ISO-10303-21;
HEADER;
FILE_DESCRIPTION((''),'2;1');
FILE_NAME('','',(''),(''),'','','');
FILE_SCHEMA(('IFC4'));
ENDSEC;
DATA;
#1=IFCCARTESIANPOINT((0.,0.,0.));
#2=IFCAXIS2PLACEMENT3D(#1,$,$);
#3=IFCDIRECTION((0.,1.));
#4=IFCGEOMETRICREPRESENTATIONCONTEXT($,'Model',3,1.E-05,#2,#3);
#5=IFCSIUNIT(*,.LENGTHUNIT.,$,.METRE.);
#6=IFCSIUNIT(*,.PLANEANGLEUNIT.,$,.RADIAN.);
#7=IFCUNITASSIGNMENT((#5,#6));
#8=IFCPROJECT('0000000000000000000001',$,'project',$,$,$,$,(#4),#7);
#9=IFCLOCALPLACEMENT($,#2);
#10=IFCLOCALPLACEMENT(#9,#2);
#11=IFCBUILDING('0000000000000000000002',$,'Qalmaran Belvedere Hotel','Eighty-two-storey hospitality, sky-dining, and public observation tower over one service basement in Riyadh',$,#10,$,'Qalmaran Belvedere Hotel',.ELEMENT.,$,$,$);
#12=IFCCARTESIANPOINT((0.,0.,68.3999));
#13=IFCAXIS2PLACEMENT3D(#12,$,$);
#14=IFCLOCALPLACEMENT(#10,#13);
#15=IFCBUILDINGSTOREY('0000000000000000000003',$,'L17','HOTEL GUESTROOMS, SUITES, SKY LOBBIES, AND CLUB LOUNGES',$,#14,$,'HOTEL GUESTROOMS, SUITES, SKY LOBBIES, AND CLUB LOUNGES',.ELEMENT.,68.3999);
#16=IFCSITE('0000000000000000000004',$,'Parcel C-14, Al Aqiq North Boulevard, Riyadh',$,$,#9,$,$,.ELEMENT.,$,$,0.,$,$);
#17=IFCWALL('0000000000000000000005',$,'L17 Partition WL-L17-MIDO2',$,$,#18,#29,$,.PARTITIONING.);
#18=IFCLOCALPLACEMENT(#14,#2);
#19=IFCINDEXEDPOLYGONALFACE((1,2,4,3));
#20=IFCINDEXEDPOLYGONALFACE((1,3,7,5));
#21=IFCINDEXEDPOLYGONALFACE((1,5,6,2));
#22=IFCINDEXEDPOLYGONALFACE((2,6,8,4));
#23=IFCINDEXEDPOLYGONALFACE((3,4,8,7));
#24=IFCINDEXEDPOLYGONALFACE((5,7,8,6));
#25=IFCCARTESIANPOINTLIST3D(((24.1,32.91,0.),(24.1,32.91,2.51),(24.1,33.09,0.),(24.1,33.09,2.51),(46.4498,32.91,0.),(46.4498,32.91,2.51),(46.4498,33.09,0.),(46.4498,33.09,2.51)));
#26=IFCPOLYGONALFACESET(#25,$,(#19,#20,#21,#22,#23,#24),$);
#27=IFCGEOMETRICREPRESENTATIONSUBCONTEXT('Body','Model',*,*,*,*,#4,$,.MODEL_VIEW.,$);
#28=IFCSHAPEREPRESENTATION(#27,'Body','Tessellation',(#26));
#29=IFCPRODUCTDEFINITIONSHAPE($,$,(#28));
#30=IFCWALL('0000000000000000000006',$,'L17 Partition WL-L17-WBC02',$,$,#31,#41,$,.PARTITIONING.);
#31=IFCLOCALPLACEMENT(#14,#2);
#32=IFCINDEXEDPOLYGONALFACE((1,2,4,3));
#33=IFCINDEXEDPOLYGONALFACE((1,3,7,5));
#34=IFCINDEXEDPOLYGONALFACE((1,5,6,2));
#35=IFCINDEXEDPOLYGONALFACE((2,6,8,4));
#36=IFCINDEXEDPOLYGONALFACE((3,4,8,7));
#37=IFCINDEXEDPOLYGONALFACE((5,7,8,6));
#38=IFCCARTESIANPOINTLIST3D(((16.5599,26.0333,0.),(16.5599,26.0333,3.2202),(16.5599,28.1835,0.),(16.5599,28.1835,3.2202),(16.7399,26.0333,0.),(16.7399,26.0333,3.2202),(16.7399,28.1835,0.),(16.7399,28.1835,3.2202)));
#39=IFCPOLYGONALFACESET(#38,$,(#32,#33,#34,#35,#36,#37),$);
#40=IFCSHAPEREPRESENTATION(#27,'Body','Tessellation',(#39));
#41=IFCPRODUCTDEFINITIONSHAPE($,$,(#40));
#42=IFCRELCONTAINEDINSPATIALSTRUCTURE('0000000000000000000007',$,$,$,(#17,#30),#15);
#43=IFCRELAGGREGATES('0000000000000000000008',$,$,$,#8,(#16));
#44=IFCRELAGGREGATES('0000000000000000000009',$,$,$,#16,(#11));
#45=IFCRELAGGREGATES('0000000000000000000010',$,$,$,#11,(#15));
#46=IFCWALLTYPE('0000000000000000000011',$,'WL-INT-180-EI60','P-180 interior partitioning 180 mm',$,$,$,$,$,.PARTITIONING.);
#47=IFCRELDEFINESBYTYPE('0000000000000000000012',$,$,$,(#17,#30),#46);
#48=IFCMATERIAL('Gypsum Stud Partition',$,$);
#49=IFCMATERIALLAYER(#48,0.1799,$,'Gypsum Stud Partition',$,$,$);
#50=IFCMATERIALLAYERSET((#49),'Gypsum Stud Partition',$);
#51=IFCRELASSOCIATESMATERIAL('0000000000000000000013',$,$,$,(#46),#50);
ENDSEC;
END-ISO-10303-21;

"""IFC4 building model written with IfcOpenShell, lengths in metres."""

from ifc_helpers import new_model, si_unit, direction, frame, frame_2d, origin, place, context, subcontext, project, spatial, rectangle, extrude, material, layer, layer_set, type_object, element, save


model = new_model("IFC4")

# Units and contexts
model_context = context("Model", 3, precision=1e-05, world=origin(), true_north=direction((0.0, 1.0)))
body_context = subcontext(model_context, "Body", "Model", "MODEL_VIEW")
ifc_project = project(units=[si_unit("LENGTHUNIT", "METRE"), si_unit("PLANEANGLEUNIT", "RADIAN")], contexts=[model_context])

# Site, building, storey
site_placement = place(None, origin())
site = spatial("IfcSite", under=ifc_project, at=site_placement, Name="Parcel C-14, Al Aqiq North Boulevard, Riyadh", CompositionType="ELEMENT", RefElevation=0.0)
building_placement = place(site_placement, origin())
building = spatial("IfcBuilding", under=site, at=building_placement, Name="Qalmaran Belvedere Hotel", Description="Eighty-two-storey hospitality, sky-dining, and public observation tower over one service basement in Riyadh", LongName="Qalmaran Belvedere Hotel", CompositionType="ELEMENT")
storey_placement = place(building_placement, frame((0.0, 0.0, 68.3999)))
storey = spatial("IfcBuildingStorey", under=building, at=storey_placement, Name="L17", Description="HOTEL GUESTROOMS, SUITES, SKY LOBBIES, AND CLUB LOUNGES", LongName="HOTEL GUESTROOMS, SUITES, SKY LOBBIES, AND CLUB LOUNGES", CompositionType="ELEMENT", Elevation=68.3999)

# Shared definitions
ifc_material_1 = material(Name="Gypsum Stud Partition")

# Shared definitions
ifc_layer_1 = layer(ifc_material_1, 0.1799, Name="Gypsum Stud Partition")
ifc_layer_set_1 = layer_set([ifc_layer_1], Name="Gypsum Stud Partition")
wall_type_1 = type_object("IfcWallType", Name="WL-INT-180-EI60", Description="P-180 interior partitioning 180 mm", PredefinedType="PARTITIONING", material=ifc_layer_set_1)

# Wall
wall_1_placement = place(storey_placement, frame((24.1001, 33.0, 0.0), z_axis=(0.0, 0.0, 1.0), x_axis=(1.0, 0.0, 0.0)))
element("IfcWall", 1, at=wall_1_placement, inside=storey, type_object=wall_type_1, Name="L17 Partition WL-L17-MIDO2", PredefinedType="PARTITIONING", context=body_context, shape_type="SweptSolid", body=[
    extrude(rectangle(XDim=22.3499, YDim=0.1799, at=frame_2d((11.1748, 0.0))), origin(), (0.0, 0.0, 1.0), 2.51),
])

# Wall
wall_2_placement = place(storey_placement, frame((16.6499, 26.0332, 0.0), z_axis=(0.0, 0.0, 1.0), x_axis=(0.0, 1.0, 0.0)))
element("IfcWall", 2, at=wall_2_placement, inside=storey, type_object=wall_type_1, Name="L17 Partition WL-L17-WBC02", PredefinedType="PARTITIONING", context=body_context, shape_type="SweptSolid", body=[
    extrude(rectangle(XDim=2.1501, YDim=0.1799, at=frame_2d((1.0752, 0.0))), origin(), (0.0, 0.0, 1.0), 3.2202),
])

save(model, "model.ifc")
